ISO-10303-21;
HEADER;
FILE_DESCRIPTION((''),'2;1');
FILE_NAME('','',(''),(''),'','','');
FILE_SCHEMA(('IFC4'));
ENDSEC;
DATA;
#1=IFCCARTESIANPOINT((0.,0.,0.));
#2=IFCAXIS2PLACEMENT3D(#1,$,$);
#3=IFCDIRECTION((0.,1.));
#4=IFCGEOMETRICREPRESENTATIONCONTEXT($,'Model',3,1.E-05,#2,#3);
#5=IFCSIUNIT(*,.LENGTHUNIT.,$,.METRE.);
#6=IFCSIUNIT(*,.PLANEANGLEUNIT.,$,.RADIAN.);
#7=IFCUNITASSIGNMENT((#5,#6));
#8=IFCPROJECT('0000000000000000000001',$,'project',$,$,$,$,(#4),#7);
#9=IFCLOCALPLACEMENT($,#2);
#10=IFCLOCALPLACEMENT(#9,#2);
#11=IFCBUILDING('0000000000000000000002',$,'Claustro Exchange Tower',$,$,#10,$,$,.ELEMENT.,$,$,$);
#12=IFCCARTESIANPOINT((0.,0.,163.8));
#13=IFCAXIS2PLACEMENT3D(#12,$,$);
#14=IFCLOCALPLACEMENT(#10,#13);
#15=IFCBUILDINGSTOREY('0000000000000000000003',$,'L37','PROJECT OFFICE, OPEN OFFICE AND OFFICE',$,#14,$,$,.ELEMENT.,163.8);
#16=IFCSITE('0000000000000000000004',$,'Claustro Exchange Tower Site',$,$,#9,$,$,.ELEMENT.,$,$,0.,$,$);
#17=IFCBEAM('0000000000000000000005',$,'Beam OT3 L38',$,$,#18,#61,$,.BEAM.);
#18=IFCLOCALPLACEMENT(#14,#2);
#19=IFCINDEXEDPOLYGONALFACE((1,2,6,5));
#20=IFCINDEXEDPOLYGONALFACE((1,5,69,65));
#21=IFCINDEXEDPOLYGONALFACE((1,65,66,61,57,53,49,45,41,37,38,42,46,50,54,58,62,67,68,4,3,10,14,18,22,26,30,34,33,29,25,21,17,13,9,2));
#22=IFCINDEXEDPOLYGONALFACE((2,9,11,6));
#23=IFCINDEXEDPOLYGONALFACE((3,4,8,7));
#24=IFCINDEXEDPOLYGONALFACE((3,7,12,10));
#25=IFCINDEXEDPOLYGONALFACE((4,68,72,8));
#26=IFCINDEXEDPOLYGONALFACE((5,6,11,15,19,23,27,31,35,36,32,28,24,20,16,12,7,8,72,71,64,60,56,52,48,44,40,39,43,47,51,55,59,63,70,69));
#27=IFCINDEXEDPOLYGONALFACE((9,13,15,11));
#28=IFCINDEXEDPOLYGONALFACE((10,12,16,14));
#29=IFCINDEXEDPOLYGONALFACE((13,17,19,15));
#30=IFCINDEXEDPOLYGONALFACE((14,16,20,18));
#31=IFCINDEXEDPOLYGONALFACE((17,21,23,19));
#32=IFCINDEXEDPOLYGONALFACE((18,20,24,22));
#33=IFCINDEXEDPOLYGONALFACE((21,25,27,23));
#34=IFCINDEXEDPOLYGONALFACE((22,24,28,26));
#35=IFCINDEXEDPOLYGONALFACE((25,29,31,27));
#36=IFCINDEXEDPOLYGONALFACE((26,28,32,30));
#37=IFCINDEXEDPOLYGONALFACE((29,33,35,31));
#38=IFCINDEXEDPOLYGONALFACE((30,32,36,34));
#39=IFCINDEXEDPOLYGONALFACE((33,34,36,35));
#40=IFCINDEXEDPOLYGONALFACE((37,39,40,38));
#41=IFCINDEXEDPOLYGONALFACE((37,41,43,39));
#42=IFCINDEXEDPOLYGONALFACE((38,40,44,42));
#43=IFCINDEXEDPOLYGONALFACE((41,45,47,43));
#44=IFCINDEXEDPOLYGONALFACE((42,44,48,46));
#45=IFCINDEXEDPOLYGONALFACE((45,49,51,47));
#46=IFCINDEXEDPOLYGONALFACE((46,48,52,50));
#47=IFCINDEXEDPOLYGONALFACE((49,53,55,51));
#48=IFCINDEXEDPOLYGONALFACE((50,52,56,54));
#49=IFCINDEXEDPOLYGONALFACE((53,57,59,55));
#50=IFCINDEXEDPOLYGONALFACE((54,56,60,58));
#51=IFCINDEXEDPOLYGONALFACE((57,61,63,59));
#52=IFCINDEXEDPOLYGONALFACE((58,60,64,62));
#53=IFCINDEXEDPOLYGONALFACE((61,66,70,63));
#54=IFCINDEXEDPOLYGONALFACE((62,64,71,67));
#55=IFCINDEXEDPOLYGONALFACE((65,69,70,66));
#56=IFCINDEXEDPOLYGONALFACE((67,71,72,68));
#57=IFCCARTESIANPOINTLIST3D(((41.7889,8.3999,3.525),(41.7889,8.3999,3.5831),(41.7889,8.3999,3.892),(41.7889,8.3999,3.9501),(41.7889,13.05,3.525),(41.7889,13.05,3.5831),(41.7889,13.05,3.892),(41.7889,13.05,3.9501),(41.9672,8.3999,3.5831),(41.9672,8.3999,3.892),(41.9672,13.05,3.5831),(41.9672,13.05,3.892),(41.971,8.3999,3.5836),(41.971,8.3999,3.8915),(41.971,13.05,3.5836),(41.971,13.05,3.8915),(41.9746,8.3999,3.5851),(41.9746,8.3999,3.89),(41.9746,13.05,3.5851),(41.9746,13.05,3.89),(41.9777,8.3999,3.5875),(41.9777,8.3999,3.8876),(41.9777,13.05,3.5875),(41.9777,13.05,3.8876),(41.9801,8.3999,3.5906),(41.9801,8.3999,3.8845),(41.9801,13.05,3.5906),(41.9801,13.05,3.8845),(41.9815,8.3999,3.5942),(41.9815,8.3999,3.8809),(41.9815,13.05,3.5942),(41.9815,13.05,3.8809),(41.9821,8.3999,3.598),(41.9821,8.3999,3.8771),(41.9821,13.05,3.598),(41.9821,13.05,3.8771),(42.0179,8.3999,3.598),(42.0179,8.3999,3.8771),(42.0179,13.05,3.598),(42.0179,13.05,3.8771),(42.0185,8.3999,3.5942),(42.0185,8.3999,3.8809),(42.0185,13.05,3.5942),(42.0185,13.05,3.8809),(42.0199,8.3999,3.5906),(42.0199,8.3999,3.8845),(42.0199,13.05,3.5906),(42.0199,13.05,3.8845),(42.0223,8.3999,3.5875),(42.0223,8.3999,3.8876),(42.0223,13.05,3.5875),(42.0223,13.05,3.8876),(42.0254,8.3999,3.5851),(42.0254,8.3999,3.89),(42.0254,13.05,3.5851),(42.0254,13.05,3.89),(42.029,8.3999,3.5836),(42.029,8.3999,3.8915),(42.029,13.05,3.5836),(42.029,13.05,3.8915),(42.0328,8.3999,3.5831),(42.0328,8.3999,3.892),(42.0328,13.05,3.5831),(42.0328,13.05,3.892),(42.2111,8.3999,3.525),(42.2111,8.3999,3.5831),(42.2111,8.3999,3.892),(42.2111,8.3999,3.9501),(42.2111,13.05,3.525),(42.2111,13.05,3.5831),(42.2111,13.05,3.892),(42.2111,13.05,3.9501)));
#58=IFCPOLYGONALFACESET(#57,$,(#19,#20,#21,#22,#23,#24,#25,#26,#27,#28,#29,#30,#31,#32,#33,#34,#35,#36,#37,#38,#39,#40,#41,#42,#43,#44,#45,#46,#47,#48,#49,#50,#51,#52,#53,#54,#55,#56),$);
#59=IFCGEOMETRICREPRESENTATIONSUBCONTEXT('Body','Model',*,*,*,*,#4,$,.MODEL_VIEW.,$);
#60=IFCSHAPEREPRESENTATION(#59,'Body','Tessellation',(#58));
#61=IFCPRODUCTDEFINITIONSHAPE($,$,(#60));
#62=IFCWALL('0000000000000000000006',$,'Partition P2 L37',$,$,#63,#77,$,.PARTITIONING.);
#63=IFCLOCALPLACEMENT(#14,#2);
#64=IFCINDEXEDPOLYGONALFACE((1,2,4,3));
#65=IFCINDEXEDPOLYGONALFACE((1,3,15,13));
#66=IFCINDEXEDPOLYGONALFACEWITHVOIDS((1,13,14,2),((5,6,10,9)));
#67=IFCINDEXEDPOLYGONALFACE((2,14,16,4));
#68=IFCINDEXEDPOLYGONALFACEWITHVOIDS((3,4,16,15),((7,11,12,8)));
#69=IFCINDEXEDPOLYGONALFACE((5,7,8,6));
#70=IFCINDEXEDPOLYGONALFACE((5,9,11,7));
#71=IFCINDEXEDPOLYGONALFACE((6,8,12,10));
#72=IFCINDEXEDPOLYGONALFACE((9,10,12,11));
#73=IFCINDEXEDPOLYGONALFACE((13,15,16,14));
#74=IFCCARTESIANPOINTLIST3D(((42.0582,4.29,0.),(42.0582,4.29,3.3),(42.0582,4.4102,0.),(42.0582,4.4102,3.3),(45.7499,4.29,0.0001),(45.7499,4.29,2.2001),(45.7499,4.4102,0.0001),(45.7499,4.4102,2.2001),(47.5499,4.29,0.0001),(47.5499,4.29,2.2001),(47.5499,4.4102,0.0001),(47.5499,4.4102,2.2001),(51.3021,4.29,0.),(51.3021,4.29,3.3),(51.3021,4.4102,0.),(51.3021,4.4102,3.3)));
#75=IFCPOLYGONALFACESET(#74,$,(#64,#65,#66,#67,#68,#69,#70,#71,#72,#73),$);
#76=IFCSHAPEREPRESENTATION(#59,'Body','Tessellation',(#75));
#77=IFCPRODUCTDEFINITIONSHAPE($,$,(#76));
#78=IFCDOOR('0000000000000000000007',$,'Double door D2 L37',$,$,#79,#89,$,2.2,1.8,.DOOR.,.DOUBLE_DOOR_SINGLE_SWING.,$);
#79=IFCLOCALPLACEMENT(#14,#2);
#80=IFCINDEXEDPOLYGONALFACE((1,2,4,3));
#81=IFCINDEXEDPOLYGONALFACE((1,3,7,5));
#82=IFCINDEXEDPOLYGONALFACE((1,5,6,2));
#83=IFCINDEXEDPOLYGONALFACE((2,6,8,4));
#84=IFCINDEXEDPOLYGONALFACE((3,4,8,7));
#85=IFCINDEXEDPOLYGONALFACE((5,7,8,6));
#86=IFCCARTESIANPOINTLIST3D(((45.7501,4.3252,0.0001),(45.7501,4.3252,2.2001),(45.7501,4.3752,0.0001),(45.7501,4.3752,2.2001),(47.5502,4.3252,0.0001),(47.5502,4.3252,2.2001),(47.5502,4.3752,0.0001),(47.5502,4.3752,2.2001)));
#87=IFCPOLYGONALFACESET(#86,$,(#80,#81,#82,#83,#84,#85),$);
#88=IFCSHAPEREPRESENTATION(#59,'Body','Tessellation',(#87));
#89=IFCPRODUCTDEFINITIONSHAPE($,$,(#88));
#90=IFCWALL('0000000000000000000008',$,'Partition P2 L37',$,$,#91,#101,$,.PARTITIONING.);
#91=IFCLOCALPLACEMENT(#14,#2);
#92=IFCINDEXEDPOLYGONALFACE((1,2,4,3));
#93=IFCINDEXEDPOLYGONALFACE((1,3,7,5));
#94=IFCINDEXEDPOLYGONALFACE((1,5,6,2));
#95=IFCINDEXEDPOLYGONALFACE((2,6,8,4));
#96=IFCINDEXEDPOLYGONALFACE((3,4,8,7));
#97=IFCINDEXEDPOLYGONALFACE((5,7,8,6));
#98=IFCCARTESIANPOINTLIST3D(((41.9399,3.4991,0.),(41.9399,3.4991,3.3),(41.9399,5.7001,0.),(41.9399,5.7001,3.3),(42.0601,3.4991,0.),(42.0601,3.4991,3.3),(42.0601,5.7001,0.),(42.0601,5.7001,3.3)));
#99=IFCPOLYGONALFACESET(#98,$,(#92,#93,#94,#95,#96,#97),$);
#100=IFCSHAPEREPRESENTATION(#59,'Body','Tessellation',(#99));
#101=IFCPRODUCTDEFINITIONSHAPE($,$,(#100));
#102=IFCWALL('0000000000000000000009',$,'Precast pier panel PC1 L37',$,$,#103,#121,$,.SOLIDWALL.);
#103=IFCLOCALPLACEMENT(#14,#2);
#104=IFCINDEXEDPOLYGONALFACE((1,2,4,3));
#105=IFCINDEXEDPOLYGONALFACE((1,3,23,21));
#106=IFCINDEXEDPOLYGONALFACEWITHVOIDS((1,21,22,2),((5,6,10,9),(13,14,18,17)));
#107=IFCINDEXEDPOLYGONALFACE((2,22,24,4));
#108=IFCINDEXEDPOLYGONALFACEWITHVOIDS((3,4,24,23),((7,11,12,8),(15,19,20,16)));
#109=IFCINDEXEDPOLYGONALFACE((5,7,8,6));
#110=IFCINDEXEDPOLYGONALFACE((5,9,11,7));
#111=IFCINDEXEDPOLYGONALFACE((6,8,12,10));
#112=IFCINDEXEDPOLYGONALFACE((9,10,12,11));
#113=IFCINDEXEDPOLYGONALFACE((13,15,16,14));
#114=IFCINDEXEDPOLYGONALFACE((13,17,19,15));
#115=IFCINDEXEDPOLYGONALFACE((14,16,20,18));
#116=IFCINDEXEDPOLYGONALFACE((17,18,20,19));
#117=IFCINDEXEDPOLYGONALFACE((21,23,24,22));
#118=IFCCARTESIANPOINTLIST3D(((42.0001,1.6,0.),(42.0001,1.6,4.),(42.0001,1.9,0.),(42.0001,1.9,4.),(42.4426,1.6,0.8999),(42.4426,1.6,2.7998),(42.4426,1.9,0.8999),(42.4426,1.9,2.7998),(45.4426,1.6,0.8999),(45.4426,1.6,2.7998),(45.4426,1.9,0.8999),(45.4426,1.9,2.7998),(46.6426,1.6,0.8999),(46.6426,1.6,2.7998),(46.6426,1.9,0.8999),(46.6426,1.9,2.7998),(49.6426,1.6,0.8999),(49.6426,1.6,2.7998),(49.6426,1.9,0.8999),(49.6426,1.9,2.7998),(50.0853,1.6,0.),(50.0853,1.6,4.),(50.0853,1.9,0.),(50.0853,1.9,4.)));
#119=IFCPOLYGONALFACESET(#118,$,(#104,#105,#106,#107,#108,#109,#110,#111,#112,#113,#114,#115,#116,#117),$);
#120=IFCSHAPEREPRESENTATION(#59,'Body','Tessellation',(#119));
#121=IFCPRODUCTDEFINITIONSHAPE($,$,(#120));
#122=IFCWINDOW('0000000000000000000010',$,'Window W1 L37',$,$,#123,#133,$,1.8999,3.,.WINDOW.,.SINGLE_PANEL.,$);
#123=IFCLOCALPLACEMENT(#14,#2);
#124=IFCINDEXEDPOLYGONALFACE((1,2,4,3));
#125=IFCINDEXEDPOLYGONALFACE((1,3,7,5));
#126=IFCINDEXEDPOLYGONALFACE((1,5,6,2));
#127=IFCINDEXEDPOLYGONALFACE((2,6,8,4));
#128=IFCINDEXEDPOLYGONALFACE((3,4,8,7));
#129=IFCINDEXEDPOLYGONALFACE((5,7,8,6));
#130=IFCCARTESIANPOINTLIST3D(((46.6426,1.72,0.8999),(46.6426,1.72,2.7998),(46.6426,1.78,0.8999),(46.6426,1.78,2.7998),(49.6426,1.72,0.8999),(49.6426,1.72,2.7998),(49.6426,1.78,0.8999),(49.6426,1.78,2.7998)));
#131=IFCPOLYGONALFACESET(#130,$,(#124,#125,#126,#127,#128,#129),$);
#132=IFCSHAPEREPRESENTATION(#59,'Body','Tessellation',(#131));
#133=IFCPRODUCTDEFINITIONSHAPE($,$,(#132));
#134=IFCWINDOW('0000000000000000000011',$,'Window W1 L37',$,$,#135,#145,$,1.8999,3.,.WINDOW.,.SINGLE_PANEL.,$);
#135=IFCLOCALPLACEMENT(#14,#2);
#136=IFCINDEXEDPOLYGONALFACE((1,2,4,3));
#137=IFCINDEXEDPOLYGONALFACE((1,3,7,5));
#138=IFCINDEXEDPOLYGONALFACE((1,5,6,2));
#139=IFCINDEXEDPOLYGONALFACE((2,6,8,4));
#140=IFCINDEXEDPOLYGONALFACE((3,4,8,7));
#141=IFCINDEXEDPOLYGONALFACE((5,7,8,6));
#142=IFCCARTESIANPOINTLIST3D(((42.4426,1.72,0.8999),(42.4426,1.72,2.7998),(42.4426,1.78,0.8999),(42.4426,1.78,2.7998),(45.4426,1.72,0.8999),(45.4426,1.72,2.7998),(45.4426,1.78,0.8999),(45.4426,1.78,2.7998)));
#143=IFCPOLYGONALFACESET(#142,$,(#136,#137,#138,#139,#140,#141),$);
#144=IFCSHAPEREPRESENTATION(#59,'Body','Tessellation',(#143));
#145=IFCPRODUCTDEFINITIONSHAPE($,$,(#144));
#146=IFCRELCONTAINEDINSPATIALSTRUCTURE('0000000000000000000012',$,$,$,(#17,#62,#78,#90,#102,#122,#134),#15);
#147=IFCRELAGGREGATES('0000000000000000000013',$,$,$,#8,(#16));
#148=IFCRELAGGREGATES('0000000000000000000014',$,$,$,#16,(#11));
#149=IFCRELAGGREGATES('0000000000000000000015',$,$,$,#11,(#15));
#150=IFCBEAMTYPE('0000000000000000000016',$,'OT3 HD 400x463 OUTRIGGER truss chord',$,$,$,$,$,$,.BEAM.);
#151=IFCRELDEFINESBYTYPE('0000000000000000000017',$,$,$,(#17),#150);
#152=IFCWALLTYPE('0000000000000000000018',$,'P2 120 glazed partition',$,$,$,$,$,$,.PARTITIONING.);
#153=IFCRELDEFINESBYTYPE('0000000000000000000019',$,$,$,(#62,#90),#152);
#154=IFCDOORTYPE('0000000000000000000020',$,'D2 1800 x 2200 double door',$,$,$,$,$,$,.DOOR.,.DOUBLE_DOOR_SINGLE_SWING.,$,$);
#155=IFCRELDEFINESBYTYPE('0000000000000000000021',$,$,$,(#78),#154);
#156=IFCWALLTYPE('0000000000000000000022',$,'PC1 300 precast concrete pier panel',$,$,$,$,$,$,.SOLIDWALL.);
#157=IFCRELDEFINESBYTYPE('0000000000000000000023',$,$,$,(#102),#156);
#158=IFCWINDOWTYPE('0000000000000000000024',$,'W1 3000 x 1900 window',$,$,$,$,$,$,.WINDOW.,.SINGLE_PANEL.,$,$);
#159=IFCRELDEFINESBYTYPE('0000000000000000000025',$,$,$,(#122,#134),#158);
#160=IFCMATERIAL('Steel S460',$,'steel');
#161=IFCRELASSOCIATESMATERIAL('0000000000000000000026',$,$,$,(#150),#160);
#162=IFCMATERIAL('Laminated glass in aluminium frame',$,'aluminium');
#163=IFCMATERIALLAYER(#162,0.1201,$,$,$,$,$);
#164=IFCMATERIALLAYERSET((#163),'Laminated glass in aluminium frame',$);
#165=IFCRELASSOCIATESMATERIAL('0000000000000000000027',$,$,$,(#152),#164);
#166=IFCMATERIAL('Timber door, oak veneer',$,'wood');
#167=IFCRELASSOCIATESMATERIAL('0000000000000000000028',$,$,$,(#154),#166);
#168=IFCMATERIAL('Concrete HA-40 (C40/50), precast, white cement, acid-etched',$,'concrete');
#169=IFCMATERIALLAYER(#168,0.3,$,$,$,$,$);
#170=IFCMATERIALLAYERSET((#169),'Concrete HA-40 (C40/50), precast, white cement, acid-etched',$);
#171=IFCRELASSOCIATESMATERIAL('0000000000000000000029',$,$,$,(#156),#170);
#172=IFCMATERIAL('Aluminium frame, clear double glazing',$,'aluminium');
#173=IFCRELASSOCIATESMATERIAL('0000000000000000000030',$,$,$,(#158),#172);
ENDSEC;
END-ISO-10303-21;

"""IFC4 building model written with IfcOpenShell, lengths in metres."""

from ifc_helpers import new_model, si_unit, direction, frame, frame_2d, origin, origin_2d, place, context, subcontext, project, spatial, rectangle, i_section, extrude, material, layer, layer_set, material_profile, profile_set, type_object, element, fill, save


model = new_model("IFC4")

# Units and contexts
model_context = context("Model", 3, precision=1e-05, world=origin(), true_north=direction((0.0, 1.0)))
body_context = subcontext(model_context, "Body", "Model", "MODEL_VIEW")
ifc_project = project(units=[si_unit("LENGTHUNIT", "METRE"), si_unit("PLANEANGLEUNIT", "RADIAN")], contexts=[model_context])

# Site, building, storey
site_placement = place(None, origin())
site = spatial("IfcSite", under=ifc_project, at=site_placement, Name="Claustro Exchange Tower Site", CompositionType="ELEMENT", RefElevation=0.0)
building_placement = place(site_placement, origin())
building = spatial("IfcBuilding", under=site, at=building_placement, Name="Claustro Exchange Tower", CompositionType="ELEMENT")
storey_placement = place(building_placement, frame((0.0, 0.0, 163.8)))
storey = spatial("IfcBuildingStorey", under=building, at=storey_placement, Name="L37", Description="PROJECT OFFICE, OPEN OFFICE AND OFFICE", CompositionType="ELEMENT", Elevation=163.8)

# Beam
ifc_material_1 = material(Name="Steel S460", Category="steel")
ifc_material_profile_1 = material_profile(ifc_material_1, i_section(OverallWidth=0.4221, OverallDepth=0.425, WebThickness=0.0359, FlangeThickness=0.0581, FilletRadius=0.0149, at=origin_2d()), Name="HD 400x463")
ifc_profile_set_1 = profile_set([ifc_material_profile_1], Name="Steel S460")
beam_type_1 = type_object("IfcBeamType", Name="OT3 HD 400x463 OUTRIGGER truss chord", PredefinedType="BEAM", material=ifc_profile_set_1)
beam_1_placement = place(storey_placement, frame((42.0, 8.3999, 3.7375), z_axis=(0.0, 1.0, 0.0), x_axis=(-1.0, 0.0, 0.0)))
element("IfcBeam", 1, at=beam_1_placement, inside=storey, type_object=beam_type_1, Name="Beam OT3 L38", PredefinedType="BEAM", context=body_context, shape_type="SweptSolid", body=[
    extrude(i_section(OverallWidth=0.4221, OverallDepth=0.425, WebThickness=0.0359, FlangeThickness=0.0581, FilletRadius=0.0149, at=origin_2d()), origin(), (0.0, 0.0, 1.0), 4.6501),
])

# Wall, opening, door
ifc_material_2 = material(Name="Laminated glass in aluminium frame", Category="aluminium")
ifc_layer_1 = layer(ifc_material_2, 0.1201)
ifc_layer_set_1 = layer_set([ifc_layer_1], Name="Laminated glass in aluminium frame")
wall_type_1 = type_object("IfcWallType", Name="P2 120 glazed partition", PredefinedType="PARTITIONING", material=ifc_layer_set_1)
wall_1_placement = place(storey_placement, frame((42.0581, 4.3501, 0.0), z_axis=(0.0, 0.0, 1.0), x_axis=(1.0, 0.0, 0.0)))
wall_1 = element("IfcWall", 2, at=wall_1_placement, inside=storey, type_object=wall_type_1, Name="Partition P2 L37", PredefinedType="PARTITIONING", context=body_context, shape_type="SweptSolid", body=[
    extrude(rectangle(XDim=9.2439, YDim=0.1201, at=frame_2d((4.6221, 0.0))), origin(), (0.0, 0.0, 1.0), 3.3),
])
opening_1_placement = place(wall_1_placement, frame((3.6919, 0.0, 0.0)))
opening_1 = element("IfcOpeningElement", 3, at=opening_1_placement, cuts=wall_1, PredefinedType="OPENING", context=body_context, shape_type="SweptSolid", body=[
    extrude(rectangle(XDim=1.8, YDim=2.2, at=frame_2d((0.8999, 1.1001))), frame((0.0, 0.0701, 0.0), z_axis=(0.0, -1.0, 0.0), x_axis=(1.0, 0.0, 0.0)), (0.0, 0.0, 1.0), 0.1401),
])
ifc_material_3 = material(Name="Timber door, oak veneer", Category="wood")
door_type = type_object("IfcDoorType", Name="D2 1800 x 2200 double door", OperationType="DOUBLE_DOOR_SINGLE_SWING", PredefinedType="DOOR", material=ifc_material_3)
door_placement = place(opening_1_placement, frame((1.8, 0.0, 0.0), z_axis=(0.0, 0.0, 1.0), x_axis=(-1.0, 0.0, 0.0)))
door = element("IfcDoor", 4, at=door_placement, inside=storey, type_object=door_type, Name="Double door D2 L37", OperationType="DOUBLE_DOOR_SINGLE_SWING", OverallHeight=2.2, OverallWidth=1.8, PredefinedType="DOOR", context=body_context, shape_type="SweptSolid", body=[
    extrude(rectangle(XDim=1.8, YDim=2.2, at=frame_2d((0.8999, 1.1001))), frame((0.0, 0.0249, 0.0), z_axis=(0.0, -1.0, 0.0), x_axis=(1.0, 0.0, 0.0)), (0.0, 0.0, 1.0), 0.05),
])
fill(opening_1, door)

# Wall
wall_2_placement = place(storey_placement, frame((42.0, 3.499, 0.0), z_axis=(0.0, 0.0, 1.0), x_axis=(0.0, 1.0, 0.0)))
element("IfcWall", 5, at=wall_2_placement, inside=storey, type_object=wall_type_1, Name="Partition P2 L37", PredefinedType="PARTITIONING", context=body_context, shape_type="SweptSolid", body=[
    extrude(rectangle(XDim=2.2009, YDim=0.1201, at=frame_2d((1.1006, 0.0))), origin(), (0.0, 0.0, 1.0), 3.3),
])

# Wall, openings, windows
ifc_material_4 = material(Name="Concrete HA-40 (C40/50), precast, white cement, acid-etched", Category="concrete")
ifc_layer_2 = layer(ifc_material_4, 0.3)
ifc_layer_set_2 = layer_set([ifc_layer_2], Name="Concrete HA-40 (C40/50), precast, white cement, acid-etched")
wall_type_2 = type_object("IfcWallType", Name="PC1 300 precast concrete pier panel", PredefinedType="SOLIDWALL", material=ifc_layer_set_2)
wall_3_placement = place(storey_placement, frame((50.0852, 1.75, 0.0), z_axis=(0.0, 0.0, 1.0), x_axis=(-1.0, 0.0, 0.0)))
wall_3 = element("IfcWall", 6, at=wall_3_placement, inside=storey, type_object=wall_type_2, Name="Precast pier panel PC1 L37", PredefinedType="SOLIDWALL", context=body_context, shape_type="SweptSolid", body=[
    extrude(rectangle(XDim=8.0852, YDim=0.3, at=frame_2d((4.0425, 0.0))), origin(), (0.0, 0.0, 1.0), 4.0),
])
opening_2_placement = place(wall_3_placement, frame((0.4426, 0.0, 0.8999)))
opening_2 = element("IfcOpeningElement", 7, at=opening_2_placement, cuts=wall_3, PredefinedType="OPENING", context=body_context, shape_type="SweptSolid", body=[
    extrude(rectangle(XDim=3.0, YDim=1.8999, at=frame_2d((1.5, 0.95))), frame((0.0, 0.1599, 0.0), z_axis=(0.0, -1.0, 0.0), x_axis=(1.0, 0.0, 0.0)), (0.0, 0.0, 1.0), 0.3201),
])
opening_3_placement = place(wall_3_placement, frame((4.6426, 0.0, 0.8999)))
opening_3 = element("IfcOpeningElement", 8, at=opening_3_placement, cuts=wall_3, PredefinedType="OPENING", context=body_context, shape_type="SweptSolid", body=[
    extrude(rectangle(XDim=3.0, YDim=1.8999, at=frame_2d((1.5, 0.95))), frame((0.0, 0.1599, 0.0), z_axis=(0.0, -1.0, 0.0), x_axis=(1.0, 0.0, 0.0)), (0.0, 0.0, 1.0), 0.3201),
])
ifc_material_5 = material(Name="Aluminium frame, clear double glazing", Category="aluminium")
window_type = type_object("IfcWindowType", Name="W1 3000 x 1900 window", PartitioningType="SINGLE_PANEL", PredefinedType="WINDOW", material=ifc_material_5)
window_1_placement = place(opening_2_placement, origin())
window_1 = element("IfcWindow", 9, at=window_1_placement, inside=storey, type_object=window_type, Name="Window W1 L37", OverallHeight=1.8999, OverallWidth=3.0, PartitioningType="SINGLE_PANEL", PredefinedType="WINDOW", context=body_context, shape_type="SweptSolid", body=[
    extrude(rectangle(XDim=3.0, YDim=1.8999, at=frame_2d((1.5, 0.95))), frame((0.0, 0.03, 0.0), z_axis=(0.0, -1.0, 0.0), x_axis=(1.0, 0.0, 0.0)), (0.0, 0.0, 1.0), 0.0601),
])
fill(opening_2, window_1)
window_2_placement = place(opening_3_placement, origin())
window_2 = element("IfcWindow", 10, at=window_2_placement, inside=storey, type_object=window_type, Name="Window W1 L37", OverallHeight=1.8999, OverallWidth=3.0, PartitioningType="SINGLE_PANEL", PredefinedType="WINDOW", context=body_context, shape_type="SweptSolid", body=[
    extrude(rectangle(XDim=3.0, YDim=1.8999, at=frame_2d((1.5, 0.95))), frame((0.0, 0.03, 0.0), z_axis=(0.0, -1.0, 0.0), x_axis=(1.0, 0.0, 0.0)), (0.0, 0.0, 1.0), 0.0601),
])
fill(opening_3, window_2)

save(model, "model.ifc")
